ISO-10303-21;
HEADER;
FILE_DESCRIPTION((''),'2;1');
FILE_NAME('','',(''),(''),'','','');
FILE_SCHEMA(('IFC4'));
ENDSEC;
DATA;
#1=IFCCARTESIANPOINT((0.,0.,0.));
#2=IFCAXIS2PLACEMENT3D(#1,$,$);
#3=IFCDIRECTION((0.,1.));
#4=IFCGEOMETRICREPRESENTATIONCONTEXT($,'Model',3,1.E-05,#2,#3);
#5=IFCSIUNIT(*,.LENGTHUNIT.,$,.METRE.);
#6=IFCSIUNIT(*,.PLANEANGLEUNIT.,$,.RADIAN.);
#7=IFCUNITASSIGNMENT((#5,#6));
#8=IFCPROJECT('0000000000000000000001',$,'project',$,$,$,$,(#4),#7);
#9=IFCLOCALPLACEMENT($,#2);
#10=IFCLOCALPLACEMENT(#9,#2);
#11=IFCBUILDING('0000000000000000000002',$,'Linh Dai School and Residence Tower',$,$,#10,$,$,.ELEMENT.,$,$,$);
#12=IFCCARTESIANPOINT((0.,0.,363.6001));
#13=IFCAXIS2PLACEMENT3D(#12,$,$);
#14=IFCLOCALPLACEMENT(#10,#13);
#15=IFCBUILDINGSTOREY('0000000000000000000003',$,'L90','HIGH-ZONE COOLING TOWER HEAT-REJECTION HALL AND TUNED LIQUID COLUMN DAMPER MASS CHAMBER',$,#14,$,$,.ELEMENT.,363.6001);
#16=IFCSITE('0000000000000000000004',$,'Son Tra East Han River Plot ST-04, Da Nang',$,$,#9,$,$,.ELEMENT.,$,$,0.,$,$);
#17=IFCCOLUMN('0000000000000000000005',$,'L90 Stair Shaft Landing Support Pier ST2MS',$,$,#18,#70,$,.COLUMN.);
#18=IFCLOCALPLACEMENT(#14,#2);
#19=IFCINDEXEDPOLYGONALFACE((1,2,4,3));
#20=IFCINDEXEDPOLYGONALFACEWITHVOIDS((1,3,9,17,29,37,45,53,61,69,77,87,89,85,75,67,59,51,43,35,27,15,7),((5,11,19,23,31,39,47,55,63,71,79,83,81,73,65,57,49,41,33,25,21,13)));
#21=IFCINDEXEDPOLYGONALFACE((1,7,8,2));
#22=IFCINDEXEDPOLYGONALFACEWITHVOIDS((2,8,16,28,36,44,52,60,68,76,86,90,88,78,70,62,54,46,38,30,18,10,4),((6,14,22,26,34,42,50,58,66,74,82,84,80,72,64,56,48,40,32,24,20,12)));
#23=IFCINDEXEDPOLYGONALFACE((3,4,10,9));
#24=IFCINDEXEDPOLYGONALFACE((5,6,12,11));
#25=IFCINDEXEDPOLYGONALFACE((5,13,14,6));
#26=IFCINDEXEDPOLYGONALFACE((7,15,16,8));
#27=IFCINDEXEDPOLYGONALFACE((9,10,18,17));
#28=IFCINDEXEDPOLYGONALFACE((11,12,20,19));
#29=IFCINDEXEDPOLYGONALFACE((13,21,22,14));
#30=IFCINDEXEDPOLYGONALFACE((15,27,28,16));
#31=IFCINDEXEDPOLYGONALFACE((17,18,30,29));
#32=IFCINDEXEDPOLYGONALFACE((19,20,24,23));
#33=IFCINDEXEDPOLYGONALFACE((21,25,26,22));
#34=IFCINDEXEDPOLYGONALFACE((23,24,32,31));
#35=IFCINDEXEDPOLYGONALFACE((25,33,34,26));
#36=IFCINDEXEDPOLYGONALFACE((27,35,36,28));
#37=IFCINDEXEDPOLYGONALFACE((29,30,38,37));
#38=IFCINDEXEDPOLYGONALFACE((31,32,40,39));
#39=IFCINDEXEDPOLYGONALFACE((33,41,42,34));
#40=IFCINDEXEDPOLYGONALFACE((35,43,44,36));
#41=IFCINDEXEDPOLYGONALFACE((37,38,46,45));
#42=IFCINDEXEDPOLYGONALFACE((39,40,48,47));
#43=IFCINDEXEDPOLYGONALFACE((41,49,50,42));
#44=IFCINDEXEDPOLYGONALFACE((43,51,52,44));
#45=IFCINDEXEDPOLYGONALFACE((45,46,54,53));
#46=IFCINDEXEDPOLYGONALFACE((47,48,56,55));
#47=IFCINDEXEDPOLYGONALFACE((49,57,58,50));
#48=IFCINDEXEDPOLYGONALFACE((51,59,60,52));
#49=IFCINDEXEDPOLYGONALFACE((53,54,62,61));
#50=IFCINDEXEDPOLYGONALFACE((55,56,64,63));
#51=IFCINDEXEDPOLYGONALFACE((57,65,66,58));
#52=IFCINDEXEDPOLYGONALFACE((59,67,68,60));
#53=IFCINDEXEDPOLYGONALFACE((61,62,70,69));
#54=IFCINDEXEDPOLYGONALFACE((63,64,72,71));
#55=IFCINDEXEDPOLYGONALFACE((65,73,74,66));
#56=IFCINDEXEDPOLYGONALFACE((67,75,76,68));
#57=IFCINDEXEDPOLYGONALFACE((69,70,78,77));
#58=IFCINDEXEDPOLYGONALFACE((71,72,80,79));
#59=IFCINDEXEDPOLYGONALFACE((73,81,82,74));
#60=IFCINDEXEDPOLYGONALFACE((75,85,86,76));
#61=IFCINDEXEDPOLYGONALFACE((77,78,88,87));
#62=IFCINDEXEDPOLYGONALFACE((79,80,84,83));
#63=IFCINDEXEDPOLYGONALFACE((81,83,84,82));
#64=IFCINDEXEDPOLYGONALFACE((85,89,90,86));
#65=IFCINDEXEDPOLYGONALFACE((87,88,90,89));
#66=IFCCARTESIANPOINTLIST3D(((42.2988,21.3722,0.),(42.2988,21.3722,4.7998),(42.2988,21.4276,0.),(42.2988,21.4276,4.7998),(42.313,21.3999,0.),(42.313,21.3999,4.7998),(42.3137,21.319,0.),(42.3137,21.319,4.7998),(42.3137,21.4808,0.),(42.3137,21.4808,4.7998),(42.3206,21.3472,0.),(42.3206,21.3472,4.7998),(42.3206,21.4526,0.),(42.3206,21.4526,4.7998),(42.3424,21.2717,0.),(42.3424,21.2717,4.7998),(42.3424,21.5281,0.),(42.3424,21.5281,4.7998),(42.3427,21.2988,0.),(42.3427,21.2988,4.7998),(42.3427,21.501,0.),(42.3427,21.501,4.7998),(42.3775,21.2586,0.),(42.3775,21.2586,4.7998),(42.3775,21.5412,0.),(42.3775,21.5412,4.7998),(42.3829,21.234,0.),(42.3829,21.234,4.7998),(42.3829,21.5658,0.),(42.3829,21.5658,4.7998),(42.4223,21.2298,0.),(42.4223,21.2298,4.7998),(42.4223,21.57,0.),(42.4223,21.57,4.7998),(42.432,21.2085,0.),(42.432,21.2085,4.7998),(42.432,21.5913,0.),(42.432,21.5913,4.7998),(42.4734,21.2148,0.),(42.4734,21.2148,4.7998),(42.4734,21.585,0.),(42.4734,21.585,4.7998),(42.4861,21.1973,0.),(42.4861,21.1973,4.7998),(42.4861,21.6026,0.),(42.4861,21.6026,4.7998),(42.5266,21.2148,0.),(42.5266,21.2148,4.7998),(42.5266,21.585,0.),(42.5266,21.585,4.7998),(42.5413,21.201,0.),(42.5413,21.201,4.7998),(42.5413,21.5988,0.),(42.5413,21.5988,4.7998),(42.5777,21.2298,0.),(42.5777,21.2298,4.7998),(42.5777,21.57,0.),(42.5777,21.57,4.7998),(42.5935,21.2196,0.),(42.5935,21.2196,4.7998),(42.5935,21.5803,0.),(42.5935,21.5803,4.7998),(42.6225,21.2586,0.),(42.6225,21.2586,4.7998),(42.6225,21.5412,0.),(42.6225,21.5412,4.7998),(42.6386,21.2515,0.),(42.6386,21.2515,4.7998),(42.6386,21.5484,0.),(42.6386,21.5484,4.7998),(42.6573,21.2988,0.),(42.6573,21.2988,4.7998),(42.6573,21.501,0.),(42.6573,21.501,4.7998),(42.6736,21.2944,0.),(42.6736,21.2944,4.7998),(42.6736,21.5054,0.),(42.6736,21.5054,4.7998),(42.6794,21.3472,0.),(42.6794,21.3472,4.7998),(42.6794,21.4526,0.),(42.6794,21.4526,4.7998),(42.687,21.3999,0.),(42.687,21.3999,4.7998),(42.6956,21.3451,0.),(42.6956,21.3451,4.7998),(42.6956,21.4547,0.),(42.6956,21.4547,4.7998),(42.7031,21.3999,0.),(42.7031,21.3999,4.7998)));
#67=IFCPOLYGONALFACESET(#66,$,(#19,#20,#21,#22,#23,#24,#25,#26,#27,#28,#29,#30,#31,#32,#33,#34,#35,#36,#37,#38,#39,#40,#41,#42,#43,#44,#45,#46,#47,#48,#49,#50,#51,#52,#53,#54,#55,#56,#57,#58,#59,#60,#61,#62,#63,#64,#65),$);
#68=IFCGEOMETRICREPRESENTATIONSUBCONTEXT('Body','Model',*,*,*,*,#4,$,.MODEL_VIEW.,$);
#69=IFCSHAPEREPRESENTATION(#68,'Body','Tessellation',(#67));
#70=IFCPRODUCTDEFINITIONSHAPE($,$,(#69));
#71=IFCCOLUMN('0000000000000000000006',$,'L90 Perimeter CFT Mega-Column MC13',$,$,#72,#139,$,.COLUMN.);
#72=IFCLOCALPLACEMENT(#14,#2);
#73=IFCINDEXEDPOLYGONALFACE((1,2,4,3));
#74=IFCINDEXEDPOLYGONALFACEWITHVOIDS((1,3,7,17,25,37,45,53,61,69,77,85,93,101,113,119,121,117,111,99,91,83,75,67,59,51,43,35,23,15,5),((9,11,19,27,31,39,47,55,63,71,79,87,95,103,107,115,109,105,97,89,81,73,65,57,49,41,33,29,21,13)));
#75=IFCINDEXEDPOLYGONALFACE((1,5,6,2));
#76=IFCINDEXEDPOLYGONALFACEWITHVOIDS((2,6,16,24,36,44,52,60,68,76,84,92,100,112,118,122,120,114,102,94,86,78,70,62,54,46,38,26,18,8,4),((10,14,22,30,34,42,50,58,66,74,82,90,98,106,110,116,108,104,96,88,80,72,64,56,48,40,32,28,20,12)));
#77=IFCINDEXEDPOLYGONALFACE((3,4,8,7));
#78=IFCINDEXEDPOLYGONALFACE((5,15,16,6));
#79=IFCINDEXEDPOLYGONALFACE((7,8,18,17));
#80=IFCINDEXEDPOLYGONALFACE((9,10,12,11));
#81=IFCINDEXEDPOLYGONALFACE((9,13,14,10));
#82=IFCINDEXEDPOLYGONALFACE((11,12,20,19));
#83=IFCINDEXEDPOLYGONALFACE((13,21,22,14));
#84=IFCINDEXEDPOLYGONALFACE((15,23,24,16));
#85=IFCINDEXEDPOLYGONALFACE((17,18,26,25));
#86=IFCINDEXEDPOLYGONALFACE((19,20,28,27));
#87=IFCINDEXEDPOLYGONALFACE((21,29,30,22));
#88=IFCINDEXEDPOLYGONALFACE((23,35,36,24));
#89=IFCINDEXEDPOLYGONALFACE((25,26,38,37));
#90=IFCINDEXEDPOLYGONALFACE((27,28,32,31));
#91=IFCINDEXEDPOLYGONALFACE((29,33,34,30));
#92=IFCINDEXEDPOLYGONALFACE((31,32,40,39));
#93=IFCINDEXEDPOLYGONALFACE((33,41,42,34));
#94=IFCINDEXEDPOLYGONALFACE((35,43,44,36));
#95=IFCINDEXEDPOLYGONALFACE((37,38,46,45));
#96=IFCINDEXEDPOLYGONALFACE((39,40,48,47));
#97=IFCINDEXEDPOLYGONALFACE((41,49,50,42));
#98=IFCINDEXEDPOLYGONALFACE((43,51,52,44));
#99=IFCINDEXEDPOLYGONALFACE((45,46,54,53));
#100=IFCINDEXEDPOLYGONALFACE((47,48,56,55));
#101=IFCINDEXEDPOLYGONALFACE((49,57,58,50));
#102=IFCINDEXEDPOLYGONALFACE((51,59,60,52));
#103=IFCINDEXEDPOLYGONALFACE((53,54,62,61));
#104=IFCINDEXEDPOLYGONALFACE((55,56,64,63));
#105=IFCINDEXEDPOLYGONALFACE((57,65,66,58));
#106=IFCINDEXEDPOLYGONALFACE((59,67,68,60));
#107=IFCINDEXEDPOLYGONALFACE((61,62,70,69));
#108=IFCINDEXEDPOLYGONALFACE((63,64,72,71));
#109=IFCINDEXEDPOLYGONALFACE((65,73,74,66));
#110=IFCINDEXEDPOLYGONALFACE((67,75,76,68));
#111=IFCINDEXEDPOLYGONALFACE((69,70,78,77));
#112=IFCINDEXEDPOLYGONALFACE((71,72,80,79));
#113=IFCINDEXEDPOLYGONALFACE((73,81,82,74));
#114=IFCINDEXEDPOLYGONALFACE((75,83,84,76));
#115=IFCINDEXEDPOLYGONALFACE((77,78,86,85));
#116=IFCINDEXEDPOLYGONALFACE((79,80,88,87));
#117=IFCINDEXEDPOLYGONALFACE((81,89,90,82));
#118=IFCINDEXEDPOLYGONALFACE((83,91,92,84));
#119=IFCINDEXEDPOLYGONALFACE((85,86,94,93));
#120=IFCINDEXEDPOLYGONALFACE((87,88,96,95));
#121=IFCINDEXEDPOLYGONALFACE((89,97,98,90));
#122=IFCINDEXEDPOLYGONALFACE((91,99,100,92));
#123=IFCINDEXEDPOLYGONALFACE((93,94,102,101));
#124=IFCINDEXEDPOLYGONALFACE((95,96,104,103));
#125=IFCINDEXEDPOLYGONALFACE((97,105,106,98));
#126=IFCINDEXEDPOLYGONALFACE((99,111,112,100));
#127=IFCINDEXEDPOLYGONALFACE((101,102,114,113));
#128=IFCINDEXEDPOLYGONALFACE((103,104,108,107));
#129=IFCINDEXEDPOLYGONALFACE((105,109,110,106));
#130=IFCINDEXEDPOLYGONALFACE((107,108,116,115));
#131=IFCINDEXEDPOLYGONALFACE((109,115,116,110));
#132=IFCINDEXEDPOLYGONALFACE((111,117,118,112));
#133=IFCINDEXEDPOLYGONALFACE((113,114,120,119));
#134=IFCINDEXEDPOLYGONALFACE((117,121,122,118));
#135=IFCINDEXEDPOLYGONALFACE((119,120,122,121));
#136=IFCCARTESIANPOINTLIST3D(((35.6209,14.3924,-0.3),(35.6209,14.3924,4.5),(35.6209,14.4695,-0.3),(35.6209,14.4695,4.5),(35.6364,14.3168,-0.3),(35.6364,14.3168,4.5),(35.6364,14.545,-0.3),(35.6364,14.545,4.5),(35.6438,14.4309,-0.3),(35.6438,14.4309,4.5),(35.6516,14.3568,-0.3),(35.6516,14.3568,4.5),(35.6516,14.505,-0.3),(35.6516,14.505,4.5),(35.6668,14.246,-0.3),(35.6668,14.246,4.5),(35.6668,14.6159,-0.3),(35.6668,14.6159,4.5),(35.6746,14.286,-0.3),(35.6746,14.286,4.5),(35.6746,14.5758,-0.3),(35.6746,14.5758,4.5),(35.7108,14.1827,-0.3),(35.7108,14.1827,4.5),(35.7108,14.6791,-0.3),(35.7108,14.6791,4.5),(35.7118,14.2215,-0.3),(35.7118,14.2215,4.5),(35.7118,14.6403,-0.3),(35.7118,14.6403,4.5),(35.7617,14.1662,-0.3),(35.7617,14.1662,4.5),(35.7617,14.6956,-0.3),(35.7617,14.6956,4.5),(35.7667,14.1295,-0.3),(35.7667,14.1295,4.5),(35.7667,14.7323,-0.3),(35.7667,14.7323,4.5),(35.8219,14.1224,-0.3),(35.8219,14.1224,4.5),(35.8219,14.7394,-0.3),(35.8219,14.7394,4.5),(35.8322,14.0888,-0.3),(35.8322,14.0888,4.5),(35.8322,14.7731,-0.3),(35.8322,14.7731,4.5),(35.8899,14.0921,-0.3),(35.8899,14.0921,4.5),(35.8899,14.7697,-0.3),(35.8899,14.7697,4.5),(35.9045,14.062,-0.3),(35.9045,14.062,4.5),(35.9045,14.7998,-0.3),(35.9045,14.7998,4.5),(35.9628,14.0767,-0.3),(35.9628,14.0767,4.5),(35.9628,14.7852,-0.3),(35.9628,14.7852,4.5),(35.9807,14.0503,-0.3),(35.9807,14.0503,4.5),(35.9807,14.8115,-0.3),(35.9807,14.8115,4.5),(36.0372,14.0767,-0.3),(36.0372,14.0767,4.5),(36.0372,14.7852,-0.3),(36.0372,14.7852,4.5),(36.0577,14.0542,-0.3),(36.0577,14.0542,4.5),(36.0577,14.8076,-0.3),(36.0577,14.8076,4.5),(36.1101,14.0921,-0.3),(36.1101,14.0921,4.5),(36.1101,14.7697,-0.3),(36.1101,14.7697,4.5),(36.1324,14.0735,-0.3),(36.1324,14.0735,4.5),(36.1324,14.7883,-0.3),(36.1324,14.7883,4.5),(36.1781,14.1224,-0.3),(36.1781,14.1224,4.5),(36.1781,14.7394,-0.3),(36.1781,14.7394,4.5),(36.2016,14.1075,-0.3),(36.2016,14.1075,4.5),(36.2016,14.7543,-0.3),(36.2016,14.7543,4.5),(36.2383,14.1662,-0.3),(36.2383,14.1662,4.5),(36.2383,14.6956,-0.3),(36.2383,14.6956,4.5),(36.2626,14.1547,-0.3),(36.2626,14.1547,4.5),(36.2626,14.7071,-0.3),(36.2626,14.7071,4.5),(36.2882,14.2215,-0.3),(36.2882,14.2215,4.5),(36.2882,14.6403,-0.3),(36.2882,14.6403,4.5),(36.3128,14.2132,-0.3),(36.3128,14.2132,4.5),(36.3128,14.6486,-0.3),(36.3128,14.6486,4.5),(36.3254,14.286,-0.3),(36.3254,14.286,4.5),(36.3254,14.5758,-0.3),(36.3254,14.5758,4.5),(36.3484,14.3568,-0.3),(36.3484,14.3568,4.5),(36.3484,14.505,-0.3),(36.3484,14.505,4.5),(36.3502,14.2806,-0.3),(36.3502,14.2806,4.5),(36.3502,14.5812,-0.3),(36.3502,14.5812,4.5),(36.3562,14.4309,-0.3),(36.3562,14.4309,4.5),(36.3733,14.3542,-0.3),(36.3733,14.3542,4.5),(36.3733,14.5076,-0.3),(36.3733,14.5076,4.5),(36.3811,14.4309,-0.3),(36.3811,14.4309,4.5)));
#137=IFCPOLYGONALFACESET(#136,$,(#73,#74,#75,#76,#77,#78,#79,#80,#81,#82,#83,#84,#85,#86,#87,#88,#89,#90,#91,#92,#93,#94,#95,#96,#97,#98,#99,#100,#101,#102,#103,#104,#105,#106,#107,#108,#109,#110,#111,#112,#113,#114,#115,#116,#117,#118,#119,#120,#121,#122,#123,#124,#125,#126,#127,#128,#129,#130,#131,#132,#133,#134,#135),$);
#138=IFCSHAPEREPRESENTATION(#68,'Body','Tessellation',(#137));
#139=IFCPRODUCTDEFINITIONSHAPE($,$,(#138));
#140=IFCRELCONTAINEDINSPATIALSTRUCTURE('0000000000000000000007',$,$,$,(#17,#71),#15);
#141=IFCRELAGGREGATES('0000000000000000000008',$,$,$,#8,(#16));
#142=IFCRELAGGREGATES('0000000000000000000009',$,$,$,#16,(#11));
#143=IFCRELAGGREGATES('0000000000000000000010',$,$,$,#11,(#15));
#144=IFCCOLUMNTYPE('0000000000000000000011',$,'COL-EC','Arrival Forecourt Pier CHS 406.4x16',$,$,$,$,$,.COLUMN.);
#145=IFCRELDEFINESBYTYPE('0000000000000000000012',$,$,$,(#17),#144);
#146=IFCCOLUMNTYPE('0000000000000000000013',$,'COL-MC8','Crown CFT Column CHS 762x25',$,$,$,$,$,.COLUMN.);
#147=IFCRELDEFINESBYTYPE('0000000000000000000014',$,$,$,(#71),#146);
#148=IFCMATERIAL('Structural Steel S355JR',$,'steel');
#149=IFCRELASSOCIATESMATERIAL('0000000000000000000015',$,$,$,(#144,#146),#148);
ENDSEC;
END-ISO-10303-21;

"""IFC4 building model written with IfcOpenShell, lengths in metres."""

from ifc_helpers import new_model, si_unit, direction, frame, origin, origin_2d, place, context, subcontext, project, spatial, hollow_circle, extrude, material, material_profile, profile_set, type_object, element, save


model = new_model("IFC4")

# Units and contexts
model_context = context("Model", 3, precision=1e-05, world=origin(), true_north=direction((0.0, 1.0)))
body_context = subcontext(model_context, "Body", "Model", "MODEL_VIEW")
ifc_project = project(units=[si_unit("LENGTHUNIT", "METRE"), si_unit("PLANEANGLEUNIT", "RADIAN")], contexts=[model_context])

# Site, building, storey
site_placement = place(None, origin())
site = spatial("IfcSite", under=ifc_project, at=site_placement, Name="Son Tra East Han River Plot ST-04, Da Nang", CompositionType="ELEMENT", RefElevation=0.0)
building_placement = place(site_placement, origin())
building = spatial("IfcBuilding", under=site, at=building_placement, Name="Linh Dai School and Residence Tower", CompositionType="ELEMENT")
storey_placement = place(building_placement, frame((0.0, 0.0, 363.6001)))
storey = spatial("IfcBuildingStorey", under=building, at=storey_placement, Name="L90", Description="HIGH-ZONE COOLING TOWER HEAT-REJECTION HALL AND TUNED LIQUID COLUMN DAMPER MASS CHAMBER", CompositionType="ELEMENT", Elevation=363.6001)

# Columns
ifc_material_1 = material(Name="Structural Steel S355JR", Category="steel")
ifc_material_profile_1 = material_profile(ifc_material_1, hollow_circle(Radius=0.2031, WallThickness=0.0161, at=origin_2d()), Name="CHS 406.4x16")
ifc_profile_set_1 = profile_set([ifc_material_profile_1], Name="Structural Steel S355JR")
column_type_1 = type_object("IfcColumnType", Name="COL-EC", Description="Arrival Forecourt Pier CHS 406.4x16", PredefinedType="COLUMN", material=ifc_profile_set_1)
column_1_placement = place(storey_placement, frame((42.5, 21.3999, 0.0), z_axis=(0.0, 0.0, 1.0), x_axis=(1.0, 0.0, 0.0)))
element("IfcColumn", 1, at=column_1_placement, inside=storey, type_object=column_type_1, Name="L90 Stair Shaft Landing Support Pier ST2MS", PredefinedType="COLUMN", context=body_context, shape_type="SweptSolid", body=[
    extrude(hollow_circle(Radius=0.2031, WallThickness=0.0161, at=origin_2d()), origin(), (0.0, 0.0, 1.0), 4.7998),
])
ifc_material_profile_2 = material_profile(ifc_material_1, hollow_circle(Radius=0.3811, WallThickness=0.0249, at=origin_2d()), Name="CHS 762x25")
ifc_profile_set_2 = profile_set([ifc_material_profile_2], Name="Structural Steel S355JR")
column_type_2 = type_object("IfcColumnType", Name="COL-MC8", Description="Crown CFT Column CHS 762x25", PredefinedType="COLUMN", material=ifc_profile_set_2)
for number, where, z_axis, x_axis, name in (
    (2, (36.0, 14.4309, -0.3), (0.0, 0.0, 1.0), (1.0, 0.0, 0.0), "L90 Perimeter CFT Mega-Column MC13"),
):
    element("IfcColumn", number, at=place(storey_placement, frame(where, z_axis=z_axis, x_axis=x_axis)), inside=storey, type_object=column_type_2, Name=name, PredefinedType="COLUMN", context=body_context, shape_type="SweptSolid", body=[
        extrude(hollow_circle(Radius=0.3811, WallThickness=0.0249, at=origin_2d()), origin(), (0.0, 0.0, 1.0), 4.8),
    ])

save(model, "model.ifc")
